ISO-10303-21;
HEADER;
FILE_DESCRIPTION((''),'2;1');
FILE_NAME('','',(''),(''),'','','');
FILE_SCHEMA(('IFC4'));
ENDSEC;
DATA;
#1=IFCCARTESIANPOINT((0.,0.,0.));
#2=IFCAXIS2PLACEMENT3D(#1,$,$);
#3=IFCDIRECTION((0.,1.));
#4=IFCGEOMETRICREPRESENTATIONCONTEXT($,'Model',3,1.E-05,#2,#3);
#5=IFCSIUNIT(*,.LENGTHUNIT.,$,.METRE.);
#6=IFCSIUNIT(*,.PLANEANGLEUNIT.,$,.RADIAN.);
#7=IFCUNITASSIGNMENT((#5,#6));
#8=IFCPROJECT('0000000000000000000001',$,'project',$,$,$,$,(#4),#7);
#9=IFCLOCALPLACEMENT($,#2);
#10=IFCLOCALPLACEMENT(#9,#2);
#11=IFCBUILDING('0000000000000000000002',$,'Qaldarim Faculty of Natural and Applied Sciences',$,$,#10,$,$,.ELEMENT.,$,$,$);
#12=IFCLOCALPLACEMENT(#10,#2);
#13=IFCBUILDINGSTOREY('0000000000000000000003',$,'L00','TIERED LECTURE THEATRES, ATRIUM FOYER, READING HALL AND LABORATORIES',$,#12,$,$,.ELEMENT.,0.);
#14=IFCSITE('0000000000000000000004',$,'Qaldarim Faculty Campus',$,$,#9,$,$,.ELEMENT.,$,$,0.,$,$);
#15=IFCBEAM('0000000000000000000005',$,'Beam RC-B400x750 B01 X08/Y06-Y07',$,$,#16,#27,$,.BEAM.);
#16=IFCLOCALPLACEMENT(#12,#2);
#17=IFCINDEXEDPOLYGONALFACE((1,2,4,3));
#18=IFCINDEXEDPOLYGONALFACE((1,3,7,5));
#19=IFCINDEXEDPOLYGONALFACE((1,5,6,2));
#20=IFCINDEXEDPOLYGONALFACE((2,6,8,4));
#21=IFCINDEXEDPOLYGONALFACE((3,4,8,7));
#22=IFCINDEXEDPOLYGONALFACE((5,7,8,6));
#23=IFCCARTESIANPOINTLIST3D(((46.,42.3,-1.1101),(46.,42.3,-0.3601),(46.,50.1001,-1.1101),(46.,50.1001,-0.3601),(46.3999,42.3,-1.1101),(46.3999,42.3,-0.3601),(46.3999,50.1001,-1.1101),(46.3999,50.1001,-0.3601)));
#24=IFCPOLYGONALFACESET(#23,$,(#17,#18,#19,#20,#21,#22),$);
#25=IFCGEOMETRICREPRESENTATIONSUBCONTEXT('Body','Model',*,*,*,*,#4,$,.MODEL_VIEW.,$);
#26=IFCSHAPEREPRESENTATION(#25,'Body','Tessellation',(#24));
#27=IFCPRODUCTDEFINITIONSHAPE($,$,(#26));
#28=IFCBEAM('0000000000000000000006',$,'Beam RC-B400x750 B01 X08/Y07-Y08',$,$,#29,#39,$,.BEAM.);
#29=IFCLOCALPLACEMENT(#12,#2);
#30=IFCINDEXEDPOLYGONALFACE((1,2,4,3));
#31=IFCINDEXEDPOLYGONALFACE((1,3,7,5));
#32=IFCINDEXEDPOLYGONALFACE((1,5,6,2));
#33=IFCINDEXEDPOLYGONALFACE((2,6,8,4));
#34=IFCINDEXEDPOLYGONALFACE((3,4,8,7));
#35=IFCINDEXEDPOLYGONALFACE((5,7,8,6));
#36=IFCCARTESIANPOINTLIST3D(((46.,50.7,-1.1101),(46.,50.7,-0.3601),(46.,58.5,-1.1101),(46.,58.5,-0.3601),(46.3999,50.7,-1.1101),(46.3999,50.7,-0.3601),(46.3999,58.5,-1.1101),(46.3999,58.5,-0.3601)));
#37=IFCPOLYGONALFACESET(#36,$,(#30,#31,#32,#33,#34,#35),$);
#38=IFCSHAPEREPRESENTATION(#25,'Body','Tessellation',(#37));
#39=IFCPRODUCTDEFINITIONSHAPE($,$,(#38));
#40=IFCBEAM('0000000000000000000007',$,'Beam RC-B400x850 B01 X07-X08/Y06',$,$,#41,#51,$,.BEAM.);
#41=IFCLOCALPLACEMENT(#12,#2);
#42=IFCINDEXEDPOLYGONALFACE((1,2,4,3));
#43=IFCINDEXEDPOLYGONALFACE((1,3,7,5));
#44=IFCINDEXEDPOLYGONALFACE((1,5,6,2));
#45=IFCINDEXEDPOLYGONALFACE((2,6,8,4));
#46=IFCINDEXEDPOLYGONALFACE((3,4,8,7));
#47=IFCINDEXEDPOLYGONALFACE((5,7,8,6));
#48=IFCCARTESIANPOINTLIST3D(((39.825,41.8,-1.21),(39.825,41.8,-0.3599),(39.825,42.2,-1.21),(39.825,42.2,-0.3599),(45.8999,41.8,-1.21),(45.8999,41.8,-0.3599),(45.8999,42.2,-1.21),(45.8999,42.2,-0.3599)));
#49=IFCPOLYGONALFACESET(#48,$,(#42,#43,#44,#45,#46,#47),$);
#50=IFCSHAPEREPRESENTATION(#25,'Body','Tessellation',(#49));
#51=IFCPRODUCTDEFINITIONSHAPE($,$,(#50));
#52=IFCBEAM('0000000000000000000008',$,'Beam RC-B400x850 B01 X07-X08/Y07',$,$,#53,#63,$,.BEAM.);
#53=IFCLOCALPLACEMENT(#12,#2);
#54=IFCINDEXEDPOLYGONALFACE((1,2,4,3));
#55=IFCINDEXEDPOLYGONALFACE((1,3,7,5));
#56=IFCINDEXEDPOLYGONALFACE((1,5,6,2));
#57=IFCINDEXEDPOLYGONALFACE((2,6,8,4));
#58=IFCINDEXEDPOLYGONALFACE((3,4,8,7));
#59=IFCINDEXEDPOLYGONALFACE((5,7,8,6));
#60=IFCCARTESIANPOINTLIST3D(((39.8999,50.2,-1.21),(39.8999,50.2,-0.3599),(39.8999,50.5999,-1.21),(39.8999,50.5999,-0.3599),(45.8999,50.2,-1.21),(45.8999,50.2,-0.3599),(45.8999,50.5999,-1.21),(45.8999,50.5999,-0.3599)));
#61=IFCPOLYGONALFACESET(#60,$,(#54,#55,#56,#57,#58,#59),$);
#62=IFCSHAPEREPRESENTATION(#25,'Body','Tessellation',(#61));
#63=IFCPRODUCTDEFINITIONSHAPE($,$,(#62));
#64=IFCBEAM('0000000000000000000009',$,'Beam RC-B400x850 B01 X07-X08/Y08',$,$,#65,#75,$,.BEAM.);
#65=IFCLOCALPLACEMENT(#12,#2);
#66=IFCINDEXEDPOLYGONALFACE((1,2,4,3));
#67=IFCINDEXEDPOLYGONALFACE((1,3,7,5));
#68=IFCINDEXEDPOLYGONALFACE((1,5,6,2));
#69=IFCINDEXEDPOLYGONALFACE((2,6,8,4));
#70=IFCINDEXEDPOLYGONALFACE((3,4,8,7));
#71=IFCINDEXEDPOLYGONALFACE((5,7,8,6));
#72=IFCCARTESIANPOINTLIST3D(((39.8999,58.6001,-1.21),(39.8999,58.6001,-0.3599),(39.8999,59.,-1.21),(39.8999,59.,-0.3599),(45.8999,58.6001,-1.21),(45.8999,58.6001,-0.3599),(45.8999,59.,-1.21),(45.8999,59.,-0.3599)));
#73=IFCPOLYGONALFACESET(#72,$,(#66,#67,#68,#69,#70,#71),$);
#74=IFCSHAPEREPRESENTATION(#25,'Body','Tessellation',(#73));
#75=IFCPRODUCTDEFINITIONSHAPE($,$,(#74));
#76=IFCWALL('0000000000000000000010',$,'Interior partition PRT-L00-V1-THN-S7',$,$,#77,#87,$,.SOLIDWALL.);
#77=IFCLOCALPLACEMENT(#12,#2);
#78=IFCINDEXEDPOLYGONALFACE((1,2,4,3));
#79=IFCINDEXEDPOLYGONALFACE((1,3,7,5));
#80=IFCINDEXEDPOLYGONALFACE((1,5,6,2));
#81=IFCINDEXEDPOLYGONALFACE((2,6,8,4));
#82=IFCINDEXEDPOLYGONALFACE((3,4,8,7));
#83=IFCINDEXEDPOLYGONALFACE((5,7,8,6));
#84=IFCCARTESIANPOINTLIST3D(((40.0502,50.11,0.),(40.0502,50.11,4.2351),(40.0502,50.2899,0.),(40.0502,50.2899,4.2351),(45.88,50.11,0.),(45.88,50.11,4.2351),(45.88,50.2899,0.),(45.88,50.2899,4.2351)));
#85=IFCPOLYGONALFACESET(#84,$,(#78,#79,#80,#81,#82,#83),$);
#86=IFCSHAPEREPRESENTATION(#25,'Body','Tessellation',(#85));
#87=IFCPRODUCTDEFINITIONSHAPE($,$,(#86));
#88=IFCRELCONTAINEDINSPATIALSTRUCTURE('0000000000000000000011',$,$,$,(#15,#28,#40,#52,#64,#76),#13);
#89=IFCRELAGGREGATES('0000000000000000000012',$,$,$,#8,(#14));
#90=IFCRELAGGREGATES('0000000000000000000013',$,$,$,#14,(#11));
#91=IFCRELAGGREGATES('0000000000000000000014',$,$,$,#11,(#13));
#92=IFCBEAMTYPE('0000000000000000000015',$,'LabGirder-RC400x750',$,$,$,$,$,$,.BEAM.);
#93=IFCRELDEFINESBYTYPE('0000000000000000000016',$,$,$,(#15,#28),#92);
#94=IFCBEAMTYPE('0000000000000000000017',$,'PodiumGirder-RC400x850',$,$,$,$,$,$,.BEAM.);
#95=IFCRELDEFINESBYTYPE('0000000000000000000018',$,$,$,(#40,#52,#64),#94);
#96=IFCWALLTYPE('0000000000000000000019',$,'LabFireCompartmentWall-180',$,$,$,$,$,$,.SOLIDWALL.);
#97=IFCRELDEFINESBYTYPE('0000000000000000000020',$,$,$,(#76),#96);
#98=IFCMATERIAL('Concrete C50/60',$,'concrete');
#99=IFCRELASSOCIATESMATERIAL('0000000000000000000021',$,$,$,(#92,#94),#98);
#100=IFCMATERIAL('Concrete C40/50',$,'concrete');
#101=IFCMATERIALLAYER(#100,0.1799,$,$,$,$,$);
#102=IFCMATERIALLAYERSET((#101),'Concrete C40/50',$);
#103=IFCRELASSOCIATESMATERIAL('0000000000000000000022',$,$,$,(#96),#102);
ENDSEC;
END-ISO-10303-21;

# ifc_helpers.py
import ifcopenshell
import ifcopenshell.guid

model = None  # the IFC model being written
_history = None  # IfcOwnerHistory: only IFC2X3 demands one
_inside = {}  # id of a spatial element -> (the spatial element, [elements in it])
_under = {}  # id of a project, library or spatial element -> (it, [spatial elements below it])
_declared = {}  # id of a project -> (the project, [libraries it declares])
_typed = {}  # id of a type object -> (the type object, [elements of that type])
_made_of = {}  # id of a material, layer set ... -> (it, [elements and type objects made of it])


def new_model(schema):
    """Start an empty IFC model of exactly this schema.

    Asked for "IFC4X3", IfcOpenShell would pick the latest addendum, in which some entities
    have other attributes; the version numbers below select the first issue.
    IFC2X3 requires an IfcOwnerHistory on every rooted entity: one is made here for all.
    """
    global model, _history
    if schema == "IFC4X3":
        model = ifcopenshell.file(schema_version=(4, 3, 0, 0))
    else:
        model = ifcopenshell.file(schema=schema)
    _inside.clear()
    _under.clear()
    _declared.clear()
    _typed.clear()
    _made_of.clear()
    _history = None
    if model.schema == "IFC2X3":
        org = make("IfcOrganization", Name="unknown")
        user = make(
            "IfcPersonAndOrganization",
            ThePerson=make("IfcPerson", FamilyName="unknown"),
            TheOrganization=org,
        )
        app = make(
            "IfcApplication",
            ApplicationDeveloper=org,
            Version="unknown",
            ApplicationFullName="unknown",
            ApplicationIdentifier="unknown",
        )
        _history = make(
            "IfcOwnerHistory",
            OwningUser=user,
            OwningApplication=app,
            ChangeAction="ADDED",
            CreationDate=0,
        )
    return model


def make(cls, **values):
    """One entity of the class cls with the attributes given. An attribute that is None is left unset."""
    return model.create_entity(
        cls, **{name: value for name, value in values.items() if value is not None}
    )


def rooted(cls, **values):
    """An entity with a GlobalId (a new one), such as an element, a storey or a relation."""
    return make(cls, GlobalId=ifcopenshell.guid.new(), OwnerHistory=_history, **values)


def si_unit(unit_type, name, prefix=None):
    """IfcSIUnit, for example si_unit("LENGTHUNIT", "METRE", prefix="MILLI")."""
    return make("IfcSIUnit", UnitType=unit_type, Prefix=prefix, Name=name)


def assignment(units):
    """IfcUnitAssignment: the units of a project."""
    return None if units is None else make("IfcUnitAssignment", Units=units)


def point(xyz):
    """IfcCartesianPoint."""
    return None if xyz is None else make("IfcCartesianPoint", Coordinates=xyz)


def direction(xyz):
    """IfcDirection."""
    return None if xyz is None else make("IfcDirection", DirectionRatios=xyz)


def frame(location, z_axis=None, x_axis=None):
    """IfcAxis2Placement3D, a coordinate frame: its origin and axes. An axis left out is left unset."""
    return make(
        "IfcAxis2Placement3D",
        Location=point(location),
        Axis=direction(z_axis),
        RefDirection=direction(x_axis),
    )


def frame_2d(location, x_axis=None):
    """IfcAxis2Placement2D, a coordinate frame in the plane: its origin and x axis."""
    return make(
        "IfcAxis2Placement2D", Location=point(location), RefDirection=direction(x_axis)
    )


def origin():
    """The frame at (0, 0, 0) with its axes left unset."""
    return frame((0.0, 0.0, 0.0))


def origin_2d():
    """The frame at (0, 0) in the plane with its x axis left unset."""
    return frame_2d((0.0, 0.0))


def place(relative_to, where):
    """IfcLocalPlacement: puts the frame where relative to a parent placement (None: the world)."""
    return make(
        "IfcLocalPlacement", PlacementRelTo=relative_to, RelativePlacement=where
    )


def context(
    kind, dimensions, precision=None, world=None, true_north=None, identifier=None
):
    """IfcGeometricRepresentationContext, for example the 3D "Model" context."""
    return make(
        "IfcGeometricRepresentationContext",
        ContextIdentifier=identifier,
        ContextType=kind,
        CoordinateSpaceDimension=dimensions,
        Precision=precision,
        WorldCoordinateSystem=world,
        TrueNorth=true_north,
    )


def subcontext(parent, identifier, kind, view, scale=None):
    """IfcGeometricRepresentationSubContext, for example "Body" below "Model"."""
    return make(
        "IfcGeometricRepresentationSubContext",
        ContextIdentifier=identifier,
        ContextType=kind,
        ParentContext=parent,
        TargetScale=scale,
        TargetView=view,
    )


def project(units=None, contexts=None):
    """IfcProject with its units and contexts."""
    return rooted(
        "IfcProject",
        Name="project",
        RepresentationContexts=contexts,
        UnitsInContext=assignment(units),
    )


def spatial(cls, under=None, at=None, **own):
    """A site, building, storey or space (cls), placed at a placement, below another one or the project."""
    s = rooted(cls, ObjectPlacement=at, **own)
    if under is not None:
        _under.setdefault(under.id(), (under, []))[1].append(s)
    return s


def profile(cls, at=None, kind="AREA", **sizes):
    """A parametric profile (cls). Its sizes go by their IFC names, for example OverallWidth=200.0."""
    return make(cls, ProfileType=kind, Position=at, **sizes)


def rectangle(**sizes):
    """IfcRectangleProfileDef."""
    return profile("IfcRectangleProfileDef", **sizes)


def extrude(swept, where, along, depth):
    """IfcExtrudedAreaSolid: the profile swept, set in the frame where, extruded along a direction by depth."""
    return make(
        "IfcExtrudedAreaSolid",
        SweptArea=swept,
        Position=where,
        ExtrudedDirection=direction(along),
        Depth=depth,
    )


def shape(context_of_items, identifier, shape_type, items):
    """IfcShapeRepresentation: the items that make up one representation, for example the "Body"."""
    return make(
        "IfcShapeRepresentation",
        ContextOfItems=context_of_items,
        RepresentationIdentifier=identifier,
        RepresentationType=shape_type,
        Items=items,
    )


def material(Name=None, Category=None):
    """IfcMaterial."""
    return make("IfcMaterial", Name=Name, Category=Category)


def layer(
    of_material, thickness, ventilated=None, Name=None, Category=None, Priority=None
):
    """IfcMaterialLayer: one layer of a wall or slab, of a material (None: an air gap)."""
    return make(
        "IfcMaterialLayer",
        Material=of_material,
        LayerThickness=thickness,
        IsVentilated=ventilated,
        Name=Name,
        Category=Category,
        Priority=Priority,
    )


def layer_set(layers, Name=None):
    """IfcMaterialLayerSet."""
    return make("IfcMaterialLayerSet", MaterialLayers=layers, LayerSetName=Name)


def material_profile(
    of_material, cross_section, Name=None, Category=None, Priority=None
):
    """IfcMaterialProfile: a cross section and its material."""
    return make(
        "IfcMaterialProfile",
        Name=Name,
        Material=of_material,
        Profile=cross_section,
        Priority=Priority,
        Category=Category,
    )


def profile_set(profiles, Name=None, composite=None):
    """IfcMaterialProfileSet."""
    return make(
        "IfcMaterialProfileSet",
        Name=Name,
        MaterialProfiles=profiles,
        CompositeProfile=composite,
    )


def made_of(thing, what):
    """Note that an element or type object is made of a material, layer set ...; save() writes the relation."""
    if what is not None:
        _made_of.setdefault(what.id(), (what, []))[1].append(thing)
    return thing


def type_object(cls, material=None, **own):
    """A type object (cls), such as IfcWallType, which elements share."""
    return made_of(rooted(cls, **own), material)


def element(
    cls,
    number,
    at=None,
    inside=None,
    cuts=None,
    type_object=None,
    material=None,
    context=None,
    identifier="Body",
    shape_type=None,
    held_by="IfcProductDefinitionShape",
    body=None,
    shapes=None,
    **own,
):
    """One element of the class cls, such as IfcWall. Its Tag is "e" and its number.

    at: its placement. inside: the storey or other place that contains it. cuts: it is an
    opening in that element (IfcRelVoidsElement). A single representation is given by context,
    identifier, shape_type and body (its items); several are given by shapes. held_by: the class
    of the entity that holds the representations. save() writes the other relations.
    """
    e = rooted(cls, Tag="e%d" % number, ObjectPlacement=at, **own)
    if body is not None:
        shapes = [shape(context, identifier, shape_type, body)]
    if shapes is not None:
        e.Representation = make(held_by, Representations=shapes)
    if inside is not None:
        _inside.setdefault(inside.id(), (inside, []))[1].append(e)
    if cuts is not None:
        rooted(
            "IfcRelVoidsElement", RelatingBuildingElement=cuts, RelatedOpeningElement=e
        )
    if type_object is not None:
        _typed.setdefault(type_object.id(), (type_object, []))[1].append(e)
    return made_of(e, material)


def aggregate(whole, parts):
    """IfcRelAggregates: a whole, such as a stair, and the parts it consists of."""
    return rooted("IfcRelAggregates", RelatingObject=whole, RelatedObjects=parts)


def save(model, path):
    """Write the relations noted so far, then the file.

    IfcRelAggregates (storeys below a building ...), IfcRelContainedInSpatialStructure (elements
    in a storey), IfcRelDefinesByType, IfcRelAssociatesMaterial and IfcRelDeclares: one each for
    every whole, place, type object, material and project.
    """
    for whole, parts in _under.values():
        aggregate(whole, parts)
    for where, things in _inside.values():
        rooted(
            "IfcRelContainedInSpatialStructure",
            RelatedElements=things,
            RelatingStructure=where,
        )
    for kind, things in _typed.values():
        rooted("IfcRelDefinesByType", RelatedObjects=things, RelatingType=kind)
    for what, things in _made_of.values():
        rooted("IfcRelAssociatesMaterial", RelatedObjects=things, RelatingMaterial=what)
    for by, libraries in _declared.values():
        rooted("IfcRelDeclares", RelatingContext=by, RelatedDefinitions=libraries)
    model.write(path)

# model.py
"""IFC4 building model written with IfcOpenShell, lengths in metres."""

from ifc_helpers import new_model, si_unit, direction, frame, frame_2d, origin, origin_2d, place, context, subcontext, project, spatial, rectangle, extrude, material, layer, layer_set, material_profile, profile_set, type_object, element, save


model = new_model("IFC4")

# Units and contexts
model_context = context("Model", 3, precision=1e-05, world=origin(), true_north=direction((0.0, 1.0)))
body_context = subcontext(model_context, "Body", "Model", "MODEL_VIEW")
ifc_project = project(units=[si_unit("LENGTHUNIT", "METRE"), si_unit("PLANEANGLEUNIT", "RADIAN")], contexts=[model_context])

# Site, building, storey
site_placement = place(None, origin())
site = spatial("IfcSite", under=ifc_project, at=site_placement, Name="Qaldarim Faculty Campus", CompositionType="ELEMENT", RefElevation=0.0)
building_placement = place(site_placement, origin())
building = spatial("IfcBuilding", under=site, at=building_placement, Name="Qaldarim Faculty of Natural and Applied Sciences", CompositionType="ELEMENT")
storey_placement = place(building_placement, origin())
storey = spatial("IfcBuildingStorey", under=building, at=storey_placement, Name="L00", Description="TIERED LECTURE THEATRES, ATRIUM FOYER, READING HALL AND LABORATORIES", CompositionType="ELEMENT", Elevation=0.0)

# Shared definitions
ifc_material_1 = material(Name="Concrete C40/50", Category="concrete")

# Shared definitions
ifc_material_2 = material(Name="Concrete C50/60", Category="concrete")

# Beams
ifc_material_profile_1 = material_profile(ifc_material_2, rectangle(XDim=0.3999, YDim=0.75, at=origin_2d()), Name="RC-B400x750")
ifc_profile_set_1 = profile_set([ifc_material_profile_1], Name="Concrete C50/60")
beam_type_1 = type_object("IfcBeamType", Name="LabGirder-RC400x750", PredefinedType="BEAM", material=ifc_profile_set_1)
for number, where, z_axis, x_axis, name in (
    (1, (46.2, 42.3, -0.7351), (0.0, 1.0, 0.0), (-1.0, 0.0, 0.0), "Beam RC-B400x750 B01 X08/Y06-Y07"),
    (2, (46.2, 50.7, -0.7351), (0.0, 1.0, 0.0), (-1.0, 0.0, 0.0), "Beam RC-B400x750 B01 X08/Y07-Y08"),
):
    element("IfcBeam", number, at=place(storey_placement, frame(where, z_axis=z_axis, x_axis=x_axis)), inside=storey, type_object=beam_type_1, Name=name, PredefinedType="BEAM", context=body_context, shape_type="SweptSolid", body=[
        extrude(rectangle(XDim=0.3999, YDim=0.75, at=origin_2d()), origin(), (0.0, 0.0, 1.0), 7.8),
    ])
ifc_material_profile_2 = material_profile(ifc_material_2, rectangle(XDim=0.3999, YDim=0.8501, at=origin_2d()), Name="RC-B400x850")
ifc_profile_set_2 = profile_set([ifc_material_profile_2], Name="Concrete C50/60")
beam_type_2 = type_object("IfcBeamType", Name="PodiumGirder-RC400x850", PredefinedType="BEAM", material=ifc_profile_set_2)
beam_placement = place(storey_placement, frame((39.825, 42.0, -0.7849), z_axis=(1.0, 0.0, 0.0), x_axis=(0.0, 1.0, 0.0)))
element("IfcBeam", 3, at=beam_placement, inside=storey, type_object=beam_type_2, Name="Beam RC-B400x850 B01 X07-X08/Y06", PredefinedType="BEAM", context=body_context, shape_type="SweptSolid", body=[
    extrude(rectangle(XDim=0.3999, YDim=0.8501, at=origin_2d()), origin(), (0.0, 0.0, 1.0), 6.075),
])
for number, where, z_axis, x_axis, name in (
    (4, (39.8999, 50.3999, -0.7849), (1.0, 0.0, 0.0), (0.0, 1.0, 0.0), "Beam RC-B400x850 B01 X07-X08/Y07"),
    (5, (39.8999, 58.8, -0.7849), (1.0, 0.0, 0.0), (0.0, 1.0, 0.0), "Beam RC-B400x850 B01 X07-X08/Y08"),
):
    element("IfcBeam", number, at=place(storey_placement, frame(where, z_axis=z_axis, x_axis=x_axis)), inside=storey, type_object=beam_type_2, Name=name, PredefinedType="BEAM", context=body_context, shape_type="SweptSolid", body=[
        extrude(rectangle(XDim=0.3999, YDim=0.8501, at=origin_2d()), origin(), (0.0, 0.0, 1.0), 6.0),
    ])

# Wall
ifc_layer_1 = layer(ifc_material_1, 0.1799)
ifc_layer_set_1 = layer_set([ifc_layer_1], Name="Concrete C40/50")
wall_type_1 = type_object("IfcWallType", Name="LabFireCompartmentWall-180", PredefinedType="SOLIDWALL", material=ifc_layer_set_1)
wall_1_placement = place(storey_placement, frame((40.05, 50.2, 0.0), z_axis=(0.0, 0.0, 1.0), x_axis=(1.0, 0.0, 0.0)))
element("IfcWall", 6, at=wall_1_placement, inside=storey, type_object=wall_type_1, Name="Interior partition PRT-L00-V1-THN-S7", PredefinedType="SOLIDWALL", context=body_context, shape_type="SweptSolid", body=[
    extrude(rectangle(XDim=5.8298, YDim=0.1799, at=frame_2d((2.915, 0.0))), origin(), (0.0, 0.0, 1.0), 4.2351),
])

save(model, "model.ifc")
